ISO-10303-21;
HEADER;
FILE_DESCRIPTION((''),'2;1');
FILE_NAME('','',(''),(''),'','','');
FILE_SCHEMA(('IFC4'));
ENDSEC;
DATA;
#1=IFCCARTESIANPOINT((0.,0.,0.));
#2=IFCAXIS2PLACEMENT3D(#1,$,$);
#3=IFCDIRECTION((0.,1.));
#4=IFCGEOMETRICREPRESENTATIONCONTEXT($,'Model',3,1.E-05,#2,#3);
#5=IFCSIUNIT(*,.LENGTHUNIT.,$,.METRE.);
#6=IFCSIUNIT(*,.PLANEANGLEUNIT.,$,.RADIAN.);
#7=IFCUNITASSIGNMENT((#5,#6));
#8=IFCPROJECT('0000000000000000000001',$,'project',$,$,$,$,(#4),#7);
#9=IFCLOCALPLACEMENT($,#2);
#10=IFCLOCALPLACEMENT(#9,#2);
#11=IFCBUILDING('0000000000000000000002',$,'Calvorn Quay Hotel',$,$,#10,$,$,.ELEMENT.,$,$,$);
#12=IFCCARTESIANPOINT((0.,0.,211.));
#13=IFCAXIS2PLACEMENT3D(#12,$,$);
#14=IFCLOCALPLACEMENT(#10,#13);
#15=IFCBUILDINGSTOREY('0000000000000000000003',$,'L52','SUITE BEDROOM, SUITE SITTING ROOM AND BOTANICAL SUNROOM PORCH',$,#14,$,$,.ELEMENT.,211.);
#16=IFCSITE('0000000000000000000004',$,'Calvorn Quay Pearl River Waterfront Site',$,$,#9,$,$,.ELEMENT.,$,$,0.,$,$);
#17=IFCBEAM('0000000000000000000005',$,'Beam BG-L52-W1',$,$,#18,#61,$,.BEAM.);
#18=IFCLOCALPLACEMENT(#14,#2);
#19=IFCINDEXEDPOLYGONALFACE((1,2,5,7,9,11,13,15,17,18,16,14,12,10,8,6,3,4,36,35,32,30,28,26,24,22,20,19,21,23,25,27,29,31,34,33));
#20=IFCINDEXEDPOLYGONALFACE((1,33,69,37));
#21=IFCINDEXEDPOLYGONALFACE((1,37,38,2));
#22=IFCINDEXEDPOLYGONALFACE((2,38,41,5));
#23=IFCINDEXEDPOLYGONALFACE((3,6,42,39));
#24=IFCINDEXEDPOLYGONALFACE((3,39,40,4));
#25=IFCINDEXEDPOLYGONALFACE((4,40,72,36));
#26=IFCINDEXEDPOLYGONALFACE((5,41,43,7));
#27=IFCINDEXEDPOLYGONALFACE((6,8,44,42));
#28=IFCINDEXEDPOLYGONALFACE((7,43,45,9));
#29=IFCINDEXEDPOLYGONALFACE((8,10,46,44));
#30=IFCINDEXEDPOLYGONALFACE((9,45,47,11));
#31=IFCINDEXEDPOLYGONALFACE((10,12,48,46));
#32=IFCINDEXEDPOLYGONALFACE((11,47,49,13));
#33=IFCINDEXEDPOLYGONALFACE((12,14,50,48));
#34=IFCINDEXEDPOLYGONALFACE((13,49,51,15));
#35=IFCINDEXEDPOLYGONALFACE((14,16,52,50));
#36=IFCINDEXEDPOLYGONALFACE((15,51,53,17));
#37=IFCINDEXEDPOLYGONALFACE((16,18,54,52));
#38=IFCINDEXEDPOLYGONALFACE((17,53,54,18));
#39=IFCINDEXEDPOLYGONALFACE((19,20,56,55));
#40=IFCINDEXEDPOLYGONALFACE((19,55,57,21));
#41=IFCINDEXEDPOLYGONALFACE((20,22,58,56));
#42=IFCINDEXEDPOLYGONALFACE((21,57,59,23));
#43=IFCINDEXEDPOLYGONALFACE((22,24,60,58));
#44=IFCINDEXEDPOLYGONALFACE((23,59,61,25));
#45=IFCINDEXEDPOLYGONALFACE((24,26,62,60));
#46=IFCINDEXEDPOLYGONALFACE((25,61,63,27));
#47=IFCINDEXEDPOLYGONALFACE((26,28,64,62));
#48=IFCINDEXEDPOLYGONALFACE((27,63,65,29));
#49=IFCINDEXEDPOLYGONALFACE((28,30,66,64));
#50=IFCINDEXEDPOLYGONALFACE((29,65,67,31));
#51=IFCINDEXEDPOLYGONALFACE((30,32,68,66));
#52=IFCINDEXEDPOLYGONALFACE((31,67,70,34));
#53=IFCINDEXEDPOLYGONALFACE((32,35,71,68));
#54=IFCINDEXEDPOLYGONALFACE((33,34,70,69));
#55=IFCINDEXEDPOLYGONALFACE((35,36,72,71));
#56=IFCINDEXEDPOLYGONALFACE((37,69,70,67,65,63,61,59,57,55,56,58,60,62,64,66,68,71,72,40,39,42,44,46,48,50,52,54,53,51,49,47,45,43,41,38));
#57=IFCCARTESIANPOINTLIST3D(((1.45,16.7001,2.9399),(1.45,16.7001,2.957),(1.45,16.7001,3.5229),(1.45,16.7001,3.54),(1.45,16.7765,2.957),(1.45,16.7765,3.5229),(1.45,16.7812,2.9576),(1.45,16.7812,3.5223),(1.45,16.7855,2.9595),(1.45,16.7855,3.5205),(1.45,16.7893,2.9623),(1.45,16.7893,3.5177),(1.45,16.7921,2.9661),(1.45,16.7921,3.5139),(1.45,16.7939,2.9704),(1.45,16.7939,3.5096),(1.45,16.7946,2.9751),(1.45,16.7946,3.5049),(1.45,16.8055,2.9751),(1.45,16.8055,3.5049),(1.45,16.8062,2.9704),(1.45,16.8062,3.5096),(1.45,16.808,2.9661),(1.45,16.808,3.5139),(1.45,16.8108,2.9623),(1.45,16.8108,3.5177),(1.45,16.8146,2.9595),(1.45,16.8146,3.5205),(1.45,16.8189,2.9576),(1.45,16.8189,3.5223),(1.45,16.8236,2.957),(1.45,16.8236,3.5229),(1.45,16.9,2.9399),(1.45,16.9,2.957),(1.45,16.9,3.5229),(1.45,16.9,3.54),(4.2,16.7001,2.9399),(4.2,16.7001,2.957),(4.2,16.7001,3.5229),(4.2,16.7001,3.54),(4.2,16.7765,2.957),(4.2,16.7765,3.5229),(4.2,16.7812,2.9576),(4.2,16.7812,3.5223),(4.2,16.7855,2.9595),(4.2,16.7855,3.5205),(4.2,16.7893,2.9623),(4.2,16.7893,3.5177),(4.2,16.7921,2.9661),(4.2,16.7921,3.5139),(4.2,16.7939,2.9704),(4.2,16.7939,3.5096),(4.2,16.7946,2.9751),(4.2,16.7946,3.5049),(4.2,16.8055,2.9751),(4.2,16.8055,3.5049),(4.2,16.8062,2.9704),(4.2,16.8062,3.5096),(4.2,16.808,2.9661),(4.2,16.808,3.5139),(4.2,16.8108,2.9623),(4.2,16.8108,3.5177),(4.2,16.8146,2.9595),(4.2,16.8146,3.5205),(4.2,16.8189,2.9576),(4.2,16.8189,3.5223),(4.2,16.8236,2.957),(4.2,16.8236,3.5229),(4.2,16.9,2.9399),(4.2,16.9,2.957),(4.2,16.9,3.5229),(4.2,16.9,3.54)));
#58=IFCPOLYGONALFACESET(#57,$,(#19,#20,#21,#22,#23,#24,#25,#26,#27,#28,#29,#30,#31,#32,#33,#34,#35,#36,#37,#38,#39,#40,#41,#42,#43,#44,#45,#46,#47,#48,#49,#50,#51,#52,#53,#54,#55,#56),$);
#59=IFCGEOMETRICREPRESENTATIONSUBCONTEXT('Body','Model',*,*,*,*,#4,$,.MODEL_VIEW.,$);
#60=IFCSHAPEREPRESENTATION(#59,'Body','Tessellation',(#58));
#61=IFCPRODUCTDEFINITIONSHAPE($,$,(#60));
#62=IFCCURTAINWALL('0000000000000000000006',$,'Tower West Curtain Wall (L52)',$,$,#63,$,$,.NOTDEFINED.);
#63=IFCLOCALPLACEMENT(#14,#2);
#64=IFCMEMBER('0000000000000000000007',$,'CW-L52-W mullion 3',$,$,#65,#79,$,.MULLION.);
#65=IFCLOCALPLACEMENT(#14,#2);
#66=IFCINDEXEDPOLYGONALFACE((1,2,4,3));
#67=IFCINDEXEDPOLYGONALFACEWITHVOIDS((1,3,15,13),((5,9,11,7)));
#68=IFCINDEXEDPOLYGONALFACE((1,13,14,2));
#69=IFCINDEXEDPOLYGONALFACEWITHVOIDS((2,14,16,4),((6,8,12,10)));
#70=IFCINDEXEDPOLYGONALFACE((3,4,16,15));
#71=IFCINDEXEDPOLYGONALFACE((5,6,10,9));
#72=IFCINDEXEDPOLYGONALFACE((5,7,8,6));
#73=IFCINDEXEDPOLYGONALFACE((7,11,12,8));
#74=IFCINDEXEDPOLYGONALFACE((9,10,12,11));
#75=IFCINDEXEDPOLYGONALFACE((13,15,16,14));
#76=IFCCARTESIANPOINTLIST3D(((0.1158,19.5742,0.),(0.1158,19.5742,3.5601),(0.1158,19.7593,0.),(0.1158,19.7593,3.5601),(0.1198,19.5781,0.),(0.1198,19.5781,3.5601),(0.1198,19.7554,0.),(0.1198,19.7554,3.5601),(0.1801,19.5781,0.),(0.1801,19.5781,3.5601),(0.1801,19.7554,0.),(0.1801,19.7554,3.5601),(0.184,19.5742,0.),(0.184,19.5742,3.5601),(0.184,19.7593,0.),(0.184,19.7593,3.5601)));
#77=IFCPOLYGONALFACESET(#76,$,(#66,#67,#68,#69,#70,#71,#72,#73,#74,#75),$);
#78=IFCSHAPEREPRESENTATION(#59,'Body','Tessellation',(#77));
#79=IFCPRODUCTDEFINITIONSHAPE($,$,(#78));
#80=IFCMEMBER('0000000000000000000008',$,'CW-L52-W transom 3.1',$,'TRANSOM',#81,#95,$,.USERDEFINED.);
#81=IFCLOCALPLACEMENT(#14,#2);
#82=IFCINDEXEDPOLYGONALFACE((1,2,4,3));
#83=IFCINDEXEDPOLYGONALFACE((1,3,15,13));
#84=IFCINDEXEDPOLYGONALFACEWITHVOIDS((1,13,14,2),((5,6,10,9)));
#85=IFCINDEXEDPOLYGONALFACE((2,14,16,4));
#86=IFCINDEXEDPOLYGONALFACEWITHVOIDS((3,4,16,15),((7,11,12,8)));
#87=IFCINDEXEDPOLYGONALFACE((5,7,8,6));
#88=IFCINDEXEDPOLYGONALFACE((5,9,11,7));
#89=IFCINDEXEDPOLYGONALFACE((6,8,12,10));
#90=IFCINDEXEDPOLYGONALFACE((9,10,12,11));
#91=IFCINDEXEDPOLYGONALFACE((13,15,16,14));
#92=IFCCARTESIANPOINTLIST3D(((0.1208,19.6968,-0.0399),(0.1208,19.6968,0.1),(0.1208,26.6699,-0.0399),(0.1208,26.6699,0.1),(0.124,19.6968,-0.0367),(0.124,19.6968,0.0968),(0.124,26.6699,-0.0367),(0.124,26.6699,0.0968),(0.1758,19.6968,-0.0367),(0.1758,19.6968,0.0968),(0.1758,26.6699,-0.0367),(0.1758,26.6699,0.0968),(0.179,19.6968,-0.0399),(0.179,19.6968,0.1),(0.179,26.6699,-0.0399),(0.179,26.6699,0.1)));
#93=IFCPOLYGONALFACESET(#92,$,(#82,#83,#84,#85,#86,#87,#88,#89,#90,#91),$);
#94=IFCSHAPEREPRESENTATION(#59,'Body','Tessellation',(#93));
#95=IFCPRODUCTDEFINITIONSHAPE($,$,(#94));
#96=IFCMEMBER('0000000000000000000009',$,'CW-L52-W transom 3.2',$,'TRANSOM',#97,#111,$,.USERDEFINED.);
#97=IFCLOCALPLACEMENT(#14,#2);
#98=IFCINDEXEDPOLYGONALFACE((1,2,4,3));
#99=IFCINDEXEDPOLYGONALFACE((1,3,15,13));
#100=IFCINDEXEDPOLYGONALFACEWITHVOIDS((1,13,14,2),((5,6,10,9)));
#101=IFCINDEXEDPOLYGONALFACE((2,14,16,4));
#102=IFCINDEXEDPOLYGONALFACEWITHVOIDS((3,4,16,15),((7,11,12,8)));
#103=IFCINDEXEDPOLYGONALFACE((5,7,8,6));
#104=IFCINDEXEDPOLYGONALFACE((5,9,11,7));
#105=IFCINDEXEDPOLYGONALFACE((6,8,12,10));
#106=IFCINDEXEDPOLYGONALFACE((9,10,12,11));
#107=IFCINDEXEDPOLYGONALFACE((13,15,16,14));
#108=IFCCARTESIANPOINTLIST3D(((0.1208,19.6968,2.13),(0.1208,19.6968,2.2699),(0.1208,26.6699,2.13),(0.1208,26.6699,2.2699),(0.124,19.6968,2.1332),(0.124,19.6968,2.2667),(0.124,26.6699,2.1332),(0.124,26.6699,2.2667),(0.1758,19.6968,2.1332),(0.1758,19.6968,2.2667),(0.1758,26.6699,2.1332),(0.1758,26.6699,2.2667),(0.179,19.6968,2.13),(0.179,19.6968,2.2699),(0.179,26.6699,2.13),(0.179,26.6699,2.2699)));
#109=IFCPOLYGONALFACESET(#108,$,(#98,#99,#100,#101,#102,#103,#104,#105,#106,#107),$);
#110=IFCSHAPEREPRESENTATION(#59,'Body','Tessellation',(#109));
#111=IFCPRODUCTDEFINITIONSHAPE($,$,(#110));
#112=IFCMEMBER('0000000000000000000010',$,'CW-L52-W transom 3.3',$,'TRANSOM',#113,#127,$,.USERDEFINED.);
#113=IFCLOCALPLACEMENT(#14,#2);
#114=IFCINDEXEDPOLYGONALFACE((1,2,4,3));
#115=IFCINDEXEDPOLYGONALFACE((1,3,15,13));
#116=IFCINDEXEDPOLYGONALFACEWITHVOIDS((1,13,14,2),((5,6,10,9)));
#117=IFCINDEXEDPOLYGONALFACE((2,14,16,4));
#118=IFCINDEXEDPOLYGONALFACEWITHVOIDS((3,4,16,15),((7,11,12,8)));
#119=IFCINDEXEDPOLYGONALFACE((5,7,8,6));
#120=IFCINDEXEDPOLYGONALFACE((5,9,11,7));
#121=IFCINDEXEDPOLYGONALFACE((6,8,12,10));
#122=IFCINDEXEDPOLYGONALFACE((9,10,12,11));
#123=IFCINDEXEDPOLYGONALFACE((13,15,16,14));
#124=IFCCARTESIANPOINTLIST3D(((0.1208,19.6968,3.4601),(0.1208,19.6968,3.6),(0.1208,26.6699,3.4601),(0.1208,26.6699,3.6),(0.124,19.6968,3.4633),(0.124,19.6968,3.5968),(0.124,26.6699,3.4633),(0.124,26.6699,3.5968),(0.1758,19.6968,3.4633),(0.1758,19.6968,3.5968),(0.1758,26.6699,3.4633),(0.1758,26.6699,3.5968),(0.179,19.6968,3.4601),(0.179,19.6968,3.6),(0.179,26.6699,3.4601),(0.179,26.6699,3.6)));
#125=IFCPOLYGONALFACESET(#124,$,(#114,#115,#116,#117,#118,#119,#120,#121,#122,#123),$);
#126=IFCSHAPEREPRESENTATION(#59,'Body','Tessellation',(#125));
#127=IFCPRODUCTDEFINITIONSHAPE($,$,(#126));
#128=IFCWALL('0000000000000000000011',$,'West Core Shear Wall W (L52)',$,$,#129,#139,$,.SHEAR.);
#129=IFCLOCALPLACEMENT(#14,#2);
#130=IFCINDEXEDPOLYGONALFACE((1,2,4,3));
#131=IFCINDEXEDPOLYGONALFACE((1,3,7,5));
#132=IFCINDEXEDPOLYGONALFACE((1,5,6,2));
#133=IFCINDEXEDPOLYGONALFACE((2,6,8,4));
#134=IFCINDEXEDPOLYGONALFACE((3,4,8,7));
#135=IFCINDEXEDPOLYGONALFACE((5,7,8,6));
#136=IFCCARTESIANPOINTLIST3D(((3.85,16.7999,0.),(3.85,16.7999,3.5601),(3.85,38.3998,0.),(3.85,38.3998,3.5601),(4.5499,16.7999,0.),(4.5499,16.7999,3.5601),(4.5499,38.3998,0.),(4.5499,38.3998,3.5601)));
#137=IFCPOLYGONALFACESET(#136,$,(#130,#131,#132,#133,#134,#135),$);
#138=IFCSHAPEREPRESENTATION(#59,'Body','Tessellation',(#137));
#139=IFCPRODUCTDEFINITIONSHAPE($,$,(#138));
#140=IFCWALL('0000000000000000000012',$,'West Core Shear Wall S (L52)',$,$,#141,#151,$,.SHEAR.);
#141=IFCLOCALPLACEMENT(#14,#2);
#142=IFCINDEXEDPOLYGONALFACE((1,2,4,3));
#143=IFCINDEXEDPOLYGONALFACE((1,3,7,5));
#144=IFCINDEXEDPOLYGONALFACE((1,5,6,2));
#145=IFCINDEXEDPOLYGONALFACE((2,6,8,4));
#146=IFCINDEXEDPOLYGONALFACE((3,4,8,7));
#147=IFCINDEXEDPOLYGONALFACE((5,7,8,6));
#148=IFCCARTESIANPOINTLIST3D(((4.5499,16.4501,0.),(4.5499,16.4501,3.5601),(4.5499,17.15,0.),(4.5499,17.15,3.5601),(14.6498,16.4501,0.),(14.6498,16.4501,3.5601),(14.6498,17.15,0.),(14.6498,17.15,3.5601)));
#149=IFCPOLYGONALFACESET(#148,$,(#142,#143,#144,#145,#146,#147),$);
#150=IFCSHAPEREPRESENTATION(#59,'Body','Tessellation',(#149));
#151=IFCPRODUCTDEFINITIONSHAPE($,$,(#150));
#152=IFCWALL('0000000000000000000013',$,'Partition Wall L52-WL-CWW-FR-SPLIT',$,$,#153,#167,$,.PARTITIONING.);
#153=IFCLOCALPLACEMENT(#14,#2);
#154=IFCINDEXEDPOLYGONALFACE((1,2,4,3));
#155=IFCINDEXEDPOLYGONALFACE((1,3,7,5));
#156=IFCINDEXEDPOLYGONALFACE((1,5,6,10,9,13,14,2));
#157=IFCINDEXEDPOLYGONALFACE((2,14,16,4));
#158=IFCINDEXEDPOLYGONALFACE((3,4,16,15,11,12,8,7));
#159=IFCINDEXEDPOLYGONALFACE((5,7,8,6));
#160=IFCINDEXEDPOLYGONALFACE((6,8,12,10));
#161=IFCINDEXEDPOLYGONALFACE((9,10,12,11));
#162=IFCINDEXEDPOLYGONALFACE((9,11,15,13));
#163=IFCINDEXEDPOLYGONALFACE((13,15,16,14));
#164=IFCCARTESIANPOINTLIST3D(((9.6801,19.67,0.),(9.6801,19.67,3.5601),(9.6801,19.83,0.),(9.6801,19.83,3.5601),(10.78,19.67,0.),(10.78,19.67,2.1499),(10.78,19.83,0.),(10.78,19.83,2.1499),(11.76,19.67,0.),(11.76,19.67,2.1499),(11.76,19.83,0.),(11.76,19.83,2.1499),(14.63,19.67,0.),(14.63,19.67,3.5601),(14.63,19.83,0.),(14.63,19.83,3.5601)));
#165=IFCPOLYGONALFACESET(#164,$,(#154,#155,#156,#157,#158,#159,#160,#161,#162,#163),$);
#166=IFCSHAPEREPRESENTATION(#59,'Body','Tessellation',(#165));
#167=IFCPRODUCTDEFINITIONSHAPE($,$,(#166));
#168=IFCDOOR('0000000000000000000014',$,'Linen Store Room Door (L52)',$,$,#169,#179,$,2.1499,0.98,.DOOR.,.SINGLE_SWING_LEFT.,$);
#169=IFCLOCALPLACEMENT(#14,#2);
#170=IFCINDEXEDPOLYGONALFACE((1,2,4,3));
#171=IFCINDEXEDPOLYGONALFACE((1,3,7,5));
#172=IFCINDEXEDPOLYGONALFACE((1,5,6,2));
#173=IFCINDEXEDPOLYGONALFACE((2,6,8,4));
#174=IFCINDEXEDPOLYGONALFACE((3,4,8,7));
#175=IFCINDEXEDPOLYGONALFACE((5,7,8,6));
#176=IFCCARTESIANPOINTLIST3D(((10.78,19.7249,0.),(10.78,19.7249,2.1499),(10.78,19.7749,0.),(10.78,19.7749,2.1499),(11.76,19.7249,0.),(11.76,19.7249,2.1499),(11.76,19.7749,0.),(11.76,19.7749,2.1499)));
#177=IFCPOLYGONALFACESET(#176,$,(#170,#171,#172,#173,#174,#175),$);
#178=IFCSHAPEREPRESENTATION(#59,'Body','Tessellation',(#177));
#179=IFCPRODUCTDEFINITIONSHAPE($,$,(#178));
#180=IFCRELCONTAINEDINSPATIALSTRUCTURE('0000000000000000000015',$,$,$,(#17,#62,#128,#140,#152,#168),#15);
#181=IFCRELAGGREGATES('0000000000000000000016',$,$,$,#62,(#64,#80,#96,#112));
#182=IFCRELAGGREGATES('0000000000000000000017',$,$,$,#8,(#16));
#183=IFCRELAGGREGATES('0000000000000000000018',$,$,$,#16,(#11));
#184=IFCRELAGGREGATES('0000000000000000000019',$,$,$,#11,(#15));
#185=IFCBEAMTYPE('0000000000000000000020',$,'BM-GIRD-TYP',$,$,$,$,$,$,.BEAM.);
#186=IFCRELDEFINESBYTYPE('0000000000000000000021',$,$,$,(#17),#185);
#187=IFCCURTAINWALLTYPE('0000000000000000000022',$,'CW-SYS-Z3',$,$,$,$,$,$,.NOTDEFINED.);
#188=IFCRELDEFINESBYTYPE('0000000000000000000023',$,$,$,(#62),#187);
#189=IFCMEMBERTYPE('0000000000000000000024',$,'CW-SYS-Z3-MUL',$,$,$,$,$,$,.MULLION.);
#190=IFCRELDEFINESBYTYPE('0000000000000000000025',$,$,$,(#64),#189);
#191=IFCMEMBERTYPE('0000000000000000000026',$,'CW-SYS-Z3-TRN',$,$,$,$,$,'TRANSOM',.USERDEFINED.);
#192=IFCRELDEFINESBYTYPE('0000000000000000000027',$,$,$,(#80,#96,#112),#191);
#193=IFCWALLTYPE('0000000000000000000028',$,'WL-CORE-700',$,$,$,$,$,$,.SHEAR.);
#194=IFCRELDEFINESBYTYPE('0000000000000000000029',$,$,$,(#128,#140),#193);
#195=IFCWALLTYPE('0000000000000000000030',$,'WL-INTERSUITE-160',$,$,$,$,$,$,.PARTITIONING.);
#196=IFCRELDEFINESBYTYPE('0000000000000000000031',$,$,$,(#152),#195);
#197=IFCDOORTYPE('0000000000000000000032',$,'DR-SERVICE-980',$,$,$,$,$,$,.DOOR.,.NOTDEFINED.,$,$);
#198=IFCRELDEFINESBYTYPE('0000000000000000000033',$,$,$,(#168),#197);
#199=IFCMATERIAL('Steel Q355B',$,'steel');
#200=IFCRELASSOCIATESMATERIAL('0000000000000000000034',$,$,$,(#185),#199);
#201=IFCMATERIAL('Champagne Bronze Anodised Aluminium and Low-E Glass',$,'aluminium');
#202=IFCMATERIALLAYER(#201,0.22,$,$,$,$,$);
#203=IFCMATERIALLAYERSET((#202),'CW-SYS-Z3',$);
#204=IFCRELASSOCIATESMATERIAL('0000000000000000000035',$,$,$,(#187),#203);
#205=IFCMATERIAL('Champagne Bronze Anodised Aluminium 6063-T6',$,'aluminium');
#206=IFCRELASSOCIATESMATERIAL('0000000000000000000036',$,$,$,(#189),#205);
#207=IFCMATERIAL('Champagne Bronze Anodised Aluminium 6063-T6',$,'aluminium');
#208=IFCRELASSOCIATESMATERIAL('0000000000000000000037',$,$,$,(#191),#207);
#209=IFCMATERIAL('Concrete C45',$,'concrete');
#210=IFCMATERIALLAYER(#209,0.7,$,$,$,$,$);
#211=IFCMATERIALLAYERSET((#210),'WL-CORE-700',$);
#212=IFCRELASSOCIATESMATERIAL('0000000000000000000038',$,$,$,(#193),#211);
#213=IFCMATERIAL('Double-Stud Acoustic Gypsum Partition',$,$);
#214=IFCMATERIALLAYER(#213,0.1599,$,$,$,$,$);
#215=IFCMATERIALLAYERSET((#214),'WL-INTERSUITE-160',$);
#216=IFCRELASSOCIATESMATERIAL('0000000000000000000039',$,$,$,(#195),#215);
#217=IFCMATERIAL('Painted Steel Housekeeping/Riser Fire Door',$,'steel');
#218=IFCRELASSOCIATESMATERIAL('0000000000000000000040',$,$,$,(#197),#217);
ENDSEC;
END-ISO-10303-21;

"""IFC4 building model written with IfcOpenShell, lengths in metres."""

from ifc_helpers import new_model, si_unit, direction, frame, frame_2d, origin, origin_2d, place, context, subcontext, project, spatial, rectangle, hollow_rectangle, i_section, extrude, material, layer, layer_set, material_profile, profile_set, type_object, element, fill, aggregate, save


model = new_model("IFC4")

# Units and contexts
model_context = context("Model", 3, precision=1e-05, world=origin(), true_north=direction((0.0, 1.0)))
body_context = subcontext(model_context, "Body", "Model", "MODEL_VIEW")
ifc_project = project(units=[si_unit("LENGTHUNIT", "METRE"), si_unit("PLANEANGLEUNIT", "RADIAN")], contexts=[model_context])

# Site, building, storey
site_placement = place(None, origin())
site = spatial("IfcSite", under=ifc_project, at=site_placement, Name="Calvorn Quay Pearl River Waterfront Site", CompositionType="ELEMENT", RefElevation=0.0)
building_placement = place(site_placement, origin())
building = spatial("IfcBuilding", under=site, at=building_placement, Name="Calvorn Quay Hotel", CompositionType="ELEMENT")
storey_placement = place(building_placement, frame((0.0, 0.0, 211.0)))
storey = spatial("IfcBuildingStorey", under=building, at=storey_placement, Name="L52", Description="SUITE BEDROOM, SUITE SITTING ROOM AND BOTANICAL SUNROOM PORCH", CompositionType="ELEMENT", Elevation=211.0)

# Beam
ifc_material_1 = material(Name="Steel Q355B", Category="steel")
ifc_material_profile_1 = material_profile(ifc_material_1, i_section(OverallWidth=0.2, OverallDepth=0.6001, WebThickness=0.011, FlangeThickness=0.0171, FilletRadius=0.0181, at=origin_2d()), Name="HN600x200x11x17")
ifc_profile_set_1 = profile_set([ifc_material_profile_1], Name="Steel Q355B")
beam_type = type_object("IfcBeamType", Name="BM-GIRD-TYP", PredefinedType="BEAM", material=ifc_profile_set_1)
beam_placement = place(storey_placement, frame((1.45, 16.8, 3.24), z_axis=(1.0, 0.0, 0.0), x_axis=(0.0, 1.0, 0.0)))
element("IfcBeam", 1, at=beam_placement, inside=storey, type_object=beam_type, Name="Beam BG-L52-W1", PredefinedType="BEAM", context=body_context, shape_type="SweptSolid", body=[
    extrude(i_section(OverallWidth=0.2, OverallDepth=0.6001, WebThickness=0.011, FlangeThickness=0.0171, FilletRadius=0.0181, at=origin_2d()), origin(), (0.0, 0.0, 1.0), 2.75),
])

# Curtain wall, members
ifc_material_2 = material(Name="Champagne Bronze Anodised Aluminium and Low-E Glass", Category="aluminium")
ifc_layer_1 = layer(ifc_material_2, 0.22)
ifc_layer_set_1 = layer_set([ifc_layer_1], Name="CW-SYS-Z3")
curtain_wall_type = type_object("IfcCurtainWallType", Name="CW-SYS-Z3", PredefinedType="NOTDEFINED", material=ifc_layer_set_1)
curtain_wall_placement = place(storey_placement, origin())
curtain_wall = element("IfcCurtainWall", 2, at=curtain_wall_placement, inside=storey, type_object=curtain_wall_type, Name="Tower West Curtain Wall (L52)", PredefinedType="NOTDEFINED")
ifc_material_3 = material(Name="Champagne Bronze Anodised Aluminium 6063-T6", Category="aluminium")
ifc_material_profile_2 = material_profile(ifc_material_3, hollow_rectangle(XDim=0.0681, YDim=0.1851, WallThickness=0.0039, at=origin_2d()), Name="ALU-M185x68x4")
ifc_profile_set_2 = profile_set([ifc_material_profile_2], Name="Champagne Bronze Anodised Aluminium 6063-T6")
member_type_1 = type_object("IfcMemberType", Name="CW-SYS-Z3-MUL", PredefinedType="MULLION", material=ifc_profile_set_2)
member_1_placement = place(storey_placement, frame((0.1499, 19.6667, 0.0), z_axis=(0.0, 0.0, 1.0), x_axis=(-1.0, 0.0, 0.0)))
member_1 = element("IfcMember", 3, at=member_1_placement, type_object=member_type_1, Name="CW-L52-W mullion 3", PredefinedType="MULLION", context=body_context, shape_type="SweptSolid", body=[
    extrude(hollow_rectangle(XDim=0.0681, YDim=0.1851, WallThickness=0.0039, at=origin_2d()), origin(), (0.0, 0.0, 1.0), 3.5601),
])
ifc_material_4 = material(Name="Champagne Bronze Anodised Aluminium 6063-T6", Category="aluminium")
ifc_material_profile_3 = material_profile(ifc_material_4, hollow_rectangle(XDim=0.0581, YDim=0.1399, WallThickness=0.0032, at=origin_2d()), Name="ALU-T140x58x3.2")
ifc_profile_set_3 = profile_set([ifc_material_profile_3], Name="Champagne Bronze Anodised Aluminium 6063-T6")
member_type_2 = type_object("IfcMemberType", Name="CW-SYS-Z3-TRN", ElementType="TRANSOM", PredefinedType="USERDEFINED", material=ifc_profile_set_3)
member_2_placement = place(storey_placement, frame((0.1499, 19.6968, 0.03), z_axis=(0.0, 1.0, 0.0), x_axis=(-1.0, 0.0, 0.0)))
member_2 = element("IfcMember", 4, at=member_2_placement, type_object=member_type_2, Name="CW-L52-W transom 3.1", ObjectType="TRANSOM", PredefinedType="USERDEFINED", context=body_context, shape_type="SweptSolid", body=[
    extrude(hollow_rectangle(XDim=0.0581, YDim=0.1399, WallThickness=0.0032, at=origin_2d()), origin(), (0.0, 0.0, 1.0), 6.9731),
])
member_3_placement = place(storey_placement, frame((0.1499, 19.6968, 2.2), z_axis=(0.0, 1.0, 0.0), x_axis=(-1.0, 0.0, 0.0)))
member_3 = element("IfcMember", 5, at=member_3_placement, type_object=member_type_2, Name="CW-L52-W transom 3.2", ObjectType="TRANSOM", PredefinedType="USERDEFINED", context=body_context, shape_type="SweptSolid", body=[
    extrude(hollow_rectangle(XDim=0.0581, YDim=0.1399, WallThickness=0.0032, at=origin_2d()), origin(), (0.0, 0.0, 1.0), 6.9731),
])
member_4_placement = place(storey_placement, frame((0.1499, 19.6968, 3.53), z_axis=(0.0, 1.0, 0.0), x_axis=(-1.0, 0.0, 0.0)))
member_4 = element("IfcMember", 6, at=member_4_placement, type_object=member_type_2, Name="CW-L52-W transom 3.3", ObjectType="TRANSOM", PredefinedType="USERDEFINED", context=body_context, shape_type="SweptSolid", body=[
    extrude(hollow_rectangle(XDim=0.0581, YDim=0.1399, WallThickness=0.0032, at=origin_2d()), origin(), (0.0, 0.0, 1.0), 6.9731),
])
aggregate(curtain_wall, [member_1, member_2, member_3, member_4])

# Walls
ifc_material_5 = material(Name="Concrete C45", Category="concrete")
ifc_layer_2 = layer(ifc_material_5, 0.7)
ifc_layer_set_2 = layer_set([ifc_layer_2], Name="WL-CORE-700")
wall_type_1 = type_object("IfcWallType", Name="WL-CORE-700", PredefinedType="SHEAR", material=ifc_layer_set_2)
wall_1_placement = place(storey_placement, frame((4.2, 16.8, 0.0), z_axis=(0.0, 0.0, 1.0), x_axis=(0.0, 1.0, 0.0)))
element("IfcWall", 7, at=wall_1_placement, inside=storey, type_object=wall_type_1, Name="West Core Shear Wall W (L52)", PredefinedType="SHEAR", context=body_context, shape_type="SweptSolid", body=[
    extrude(rectangle(XDim=21.5999, YDim=0.7, at=frame_2d((10.7998, 0.0))), origin(), (0.0, 0.0, 1.0), 3.5601),
])
wall_2_placement = place(storey_placement, frame((4.55, 16.8, 0.0), z_axis=(0.0, 0.0, 1.0), x_axis=(1.0, 0.0, 0.0)))
element("IfcWall", 8, at=wall_2_placement, inside=storey, type_object=wall_type_1, Name="West Core Shear Wall S (L52)", PredefinedType="SHEAR", context=body_context, shape_type="SweptSolid", body=[
    extrude(rectangle(XDim=10.0999, YDim=0.7, at=frame_2d((5.0498, 0.0))), origin(), (0.0, 0.0, 1.0), 3.5601),
])

# Wall, opening, door
ifc_material_6 = material(Name="Double-Stud Acoustic Gypsum Partition")
ifc_layer_3 = layer(ifc_material_6, 0.1599)
ifc_layer_set_3 = layer_set([ifc_layer_3], Name="WL-INTERSUITE-160")
wall_type_2 = type_object("IfcWallType", Name="WL-INTERSUITE-160", PredefinedType="PARTITIONING", material=ifc_layer_set_3)
wall_3_placement = place(storey_placement, frame((9.6799, 19.75, 0.0), z_axis=(0.0, 0.0, 1.0), x_axis=(1.0, 0.0, 0.0)))
wall_3 = element("IfcWall", 9, at=wall_3_placement, inside=storey, type_object=wall_type_2, Name="Partition Wall L52-WL-CWW-FR-SPLIT", PredefinedType="PARTITIONING", context=body_context, shape_type="SweptSolid", body=[
    extrude(rectangle(XDim=4.95, YDim=0.1599, at=frame_2d((2.4751, 0.0))), origin(), (0.0, 0.0, 1.0), 3.5601),
])
opening_1_placement = place(wall_3_placement, frame((1.1001, 0.0, 0.0)))
opening_1 = element("IfcOpeningElement", 10, at=opening_1_placement, cuts=wall_3, PredefinedType="OPENING", context=body_context, shape_type="SweptSolid", body=[
    extrude(rectangle(XDim=0.98, YDim=2.1499, at=frame_2d((0.49, 1.075))), frame((0.0, 0.0898, 0.0), z_axis=(0.0, -1.0, 0.0), x_axis=(1.0, 0.0, 0.0)), (0.0, 0.0, 1.0), 0.1799),
])
ifc_material_7 = material(Name="Painted Steel Housekeeping/Riser Fire Door", Category="steel")
door_type_1 = type_object("IfcDoorType", Name="DR-SERVICE-980", OperationType="NOTDEFINED", PredefinedType="DOOR", material=ifc_material_7)
door_1_placement = place(opening_1_placement, origin())
door_1 = element("IfcDoor", 11, at=door_1_placement, inside=storey, type_object=door_type_1, Name="Linen Store Room Door (L52)", OperationType="SINGLE_SWING_LEFT", OverallHeight=2.1499, OverallWidth=0.98, PredefinedType="DOOR", context=body_context, shape_type="SweptSolid", body=[
    extrude(rectangle(XDim=0.98, YDim=2.1499, at=frame_2d((0.49, 1.075))), frame((0.0, 0.0249, 0.0), z_axis=(0.0, -1.0, 0.0), x_axis=(1.0, 0.0, 0.0)), (0.0, 0.0, 1.0), 0.05),
])
fill(opening_1, door_1)

save(model, "model.ifc")
